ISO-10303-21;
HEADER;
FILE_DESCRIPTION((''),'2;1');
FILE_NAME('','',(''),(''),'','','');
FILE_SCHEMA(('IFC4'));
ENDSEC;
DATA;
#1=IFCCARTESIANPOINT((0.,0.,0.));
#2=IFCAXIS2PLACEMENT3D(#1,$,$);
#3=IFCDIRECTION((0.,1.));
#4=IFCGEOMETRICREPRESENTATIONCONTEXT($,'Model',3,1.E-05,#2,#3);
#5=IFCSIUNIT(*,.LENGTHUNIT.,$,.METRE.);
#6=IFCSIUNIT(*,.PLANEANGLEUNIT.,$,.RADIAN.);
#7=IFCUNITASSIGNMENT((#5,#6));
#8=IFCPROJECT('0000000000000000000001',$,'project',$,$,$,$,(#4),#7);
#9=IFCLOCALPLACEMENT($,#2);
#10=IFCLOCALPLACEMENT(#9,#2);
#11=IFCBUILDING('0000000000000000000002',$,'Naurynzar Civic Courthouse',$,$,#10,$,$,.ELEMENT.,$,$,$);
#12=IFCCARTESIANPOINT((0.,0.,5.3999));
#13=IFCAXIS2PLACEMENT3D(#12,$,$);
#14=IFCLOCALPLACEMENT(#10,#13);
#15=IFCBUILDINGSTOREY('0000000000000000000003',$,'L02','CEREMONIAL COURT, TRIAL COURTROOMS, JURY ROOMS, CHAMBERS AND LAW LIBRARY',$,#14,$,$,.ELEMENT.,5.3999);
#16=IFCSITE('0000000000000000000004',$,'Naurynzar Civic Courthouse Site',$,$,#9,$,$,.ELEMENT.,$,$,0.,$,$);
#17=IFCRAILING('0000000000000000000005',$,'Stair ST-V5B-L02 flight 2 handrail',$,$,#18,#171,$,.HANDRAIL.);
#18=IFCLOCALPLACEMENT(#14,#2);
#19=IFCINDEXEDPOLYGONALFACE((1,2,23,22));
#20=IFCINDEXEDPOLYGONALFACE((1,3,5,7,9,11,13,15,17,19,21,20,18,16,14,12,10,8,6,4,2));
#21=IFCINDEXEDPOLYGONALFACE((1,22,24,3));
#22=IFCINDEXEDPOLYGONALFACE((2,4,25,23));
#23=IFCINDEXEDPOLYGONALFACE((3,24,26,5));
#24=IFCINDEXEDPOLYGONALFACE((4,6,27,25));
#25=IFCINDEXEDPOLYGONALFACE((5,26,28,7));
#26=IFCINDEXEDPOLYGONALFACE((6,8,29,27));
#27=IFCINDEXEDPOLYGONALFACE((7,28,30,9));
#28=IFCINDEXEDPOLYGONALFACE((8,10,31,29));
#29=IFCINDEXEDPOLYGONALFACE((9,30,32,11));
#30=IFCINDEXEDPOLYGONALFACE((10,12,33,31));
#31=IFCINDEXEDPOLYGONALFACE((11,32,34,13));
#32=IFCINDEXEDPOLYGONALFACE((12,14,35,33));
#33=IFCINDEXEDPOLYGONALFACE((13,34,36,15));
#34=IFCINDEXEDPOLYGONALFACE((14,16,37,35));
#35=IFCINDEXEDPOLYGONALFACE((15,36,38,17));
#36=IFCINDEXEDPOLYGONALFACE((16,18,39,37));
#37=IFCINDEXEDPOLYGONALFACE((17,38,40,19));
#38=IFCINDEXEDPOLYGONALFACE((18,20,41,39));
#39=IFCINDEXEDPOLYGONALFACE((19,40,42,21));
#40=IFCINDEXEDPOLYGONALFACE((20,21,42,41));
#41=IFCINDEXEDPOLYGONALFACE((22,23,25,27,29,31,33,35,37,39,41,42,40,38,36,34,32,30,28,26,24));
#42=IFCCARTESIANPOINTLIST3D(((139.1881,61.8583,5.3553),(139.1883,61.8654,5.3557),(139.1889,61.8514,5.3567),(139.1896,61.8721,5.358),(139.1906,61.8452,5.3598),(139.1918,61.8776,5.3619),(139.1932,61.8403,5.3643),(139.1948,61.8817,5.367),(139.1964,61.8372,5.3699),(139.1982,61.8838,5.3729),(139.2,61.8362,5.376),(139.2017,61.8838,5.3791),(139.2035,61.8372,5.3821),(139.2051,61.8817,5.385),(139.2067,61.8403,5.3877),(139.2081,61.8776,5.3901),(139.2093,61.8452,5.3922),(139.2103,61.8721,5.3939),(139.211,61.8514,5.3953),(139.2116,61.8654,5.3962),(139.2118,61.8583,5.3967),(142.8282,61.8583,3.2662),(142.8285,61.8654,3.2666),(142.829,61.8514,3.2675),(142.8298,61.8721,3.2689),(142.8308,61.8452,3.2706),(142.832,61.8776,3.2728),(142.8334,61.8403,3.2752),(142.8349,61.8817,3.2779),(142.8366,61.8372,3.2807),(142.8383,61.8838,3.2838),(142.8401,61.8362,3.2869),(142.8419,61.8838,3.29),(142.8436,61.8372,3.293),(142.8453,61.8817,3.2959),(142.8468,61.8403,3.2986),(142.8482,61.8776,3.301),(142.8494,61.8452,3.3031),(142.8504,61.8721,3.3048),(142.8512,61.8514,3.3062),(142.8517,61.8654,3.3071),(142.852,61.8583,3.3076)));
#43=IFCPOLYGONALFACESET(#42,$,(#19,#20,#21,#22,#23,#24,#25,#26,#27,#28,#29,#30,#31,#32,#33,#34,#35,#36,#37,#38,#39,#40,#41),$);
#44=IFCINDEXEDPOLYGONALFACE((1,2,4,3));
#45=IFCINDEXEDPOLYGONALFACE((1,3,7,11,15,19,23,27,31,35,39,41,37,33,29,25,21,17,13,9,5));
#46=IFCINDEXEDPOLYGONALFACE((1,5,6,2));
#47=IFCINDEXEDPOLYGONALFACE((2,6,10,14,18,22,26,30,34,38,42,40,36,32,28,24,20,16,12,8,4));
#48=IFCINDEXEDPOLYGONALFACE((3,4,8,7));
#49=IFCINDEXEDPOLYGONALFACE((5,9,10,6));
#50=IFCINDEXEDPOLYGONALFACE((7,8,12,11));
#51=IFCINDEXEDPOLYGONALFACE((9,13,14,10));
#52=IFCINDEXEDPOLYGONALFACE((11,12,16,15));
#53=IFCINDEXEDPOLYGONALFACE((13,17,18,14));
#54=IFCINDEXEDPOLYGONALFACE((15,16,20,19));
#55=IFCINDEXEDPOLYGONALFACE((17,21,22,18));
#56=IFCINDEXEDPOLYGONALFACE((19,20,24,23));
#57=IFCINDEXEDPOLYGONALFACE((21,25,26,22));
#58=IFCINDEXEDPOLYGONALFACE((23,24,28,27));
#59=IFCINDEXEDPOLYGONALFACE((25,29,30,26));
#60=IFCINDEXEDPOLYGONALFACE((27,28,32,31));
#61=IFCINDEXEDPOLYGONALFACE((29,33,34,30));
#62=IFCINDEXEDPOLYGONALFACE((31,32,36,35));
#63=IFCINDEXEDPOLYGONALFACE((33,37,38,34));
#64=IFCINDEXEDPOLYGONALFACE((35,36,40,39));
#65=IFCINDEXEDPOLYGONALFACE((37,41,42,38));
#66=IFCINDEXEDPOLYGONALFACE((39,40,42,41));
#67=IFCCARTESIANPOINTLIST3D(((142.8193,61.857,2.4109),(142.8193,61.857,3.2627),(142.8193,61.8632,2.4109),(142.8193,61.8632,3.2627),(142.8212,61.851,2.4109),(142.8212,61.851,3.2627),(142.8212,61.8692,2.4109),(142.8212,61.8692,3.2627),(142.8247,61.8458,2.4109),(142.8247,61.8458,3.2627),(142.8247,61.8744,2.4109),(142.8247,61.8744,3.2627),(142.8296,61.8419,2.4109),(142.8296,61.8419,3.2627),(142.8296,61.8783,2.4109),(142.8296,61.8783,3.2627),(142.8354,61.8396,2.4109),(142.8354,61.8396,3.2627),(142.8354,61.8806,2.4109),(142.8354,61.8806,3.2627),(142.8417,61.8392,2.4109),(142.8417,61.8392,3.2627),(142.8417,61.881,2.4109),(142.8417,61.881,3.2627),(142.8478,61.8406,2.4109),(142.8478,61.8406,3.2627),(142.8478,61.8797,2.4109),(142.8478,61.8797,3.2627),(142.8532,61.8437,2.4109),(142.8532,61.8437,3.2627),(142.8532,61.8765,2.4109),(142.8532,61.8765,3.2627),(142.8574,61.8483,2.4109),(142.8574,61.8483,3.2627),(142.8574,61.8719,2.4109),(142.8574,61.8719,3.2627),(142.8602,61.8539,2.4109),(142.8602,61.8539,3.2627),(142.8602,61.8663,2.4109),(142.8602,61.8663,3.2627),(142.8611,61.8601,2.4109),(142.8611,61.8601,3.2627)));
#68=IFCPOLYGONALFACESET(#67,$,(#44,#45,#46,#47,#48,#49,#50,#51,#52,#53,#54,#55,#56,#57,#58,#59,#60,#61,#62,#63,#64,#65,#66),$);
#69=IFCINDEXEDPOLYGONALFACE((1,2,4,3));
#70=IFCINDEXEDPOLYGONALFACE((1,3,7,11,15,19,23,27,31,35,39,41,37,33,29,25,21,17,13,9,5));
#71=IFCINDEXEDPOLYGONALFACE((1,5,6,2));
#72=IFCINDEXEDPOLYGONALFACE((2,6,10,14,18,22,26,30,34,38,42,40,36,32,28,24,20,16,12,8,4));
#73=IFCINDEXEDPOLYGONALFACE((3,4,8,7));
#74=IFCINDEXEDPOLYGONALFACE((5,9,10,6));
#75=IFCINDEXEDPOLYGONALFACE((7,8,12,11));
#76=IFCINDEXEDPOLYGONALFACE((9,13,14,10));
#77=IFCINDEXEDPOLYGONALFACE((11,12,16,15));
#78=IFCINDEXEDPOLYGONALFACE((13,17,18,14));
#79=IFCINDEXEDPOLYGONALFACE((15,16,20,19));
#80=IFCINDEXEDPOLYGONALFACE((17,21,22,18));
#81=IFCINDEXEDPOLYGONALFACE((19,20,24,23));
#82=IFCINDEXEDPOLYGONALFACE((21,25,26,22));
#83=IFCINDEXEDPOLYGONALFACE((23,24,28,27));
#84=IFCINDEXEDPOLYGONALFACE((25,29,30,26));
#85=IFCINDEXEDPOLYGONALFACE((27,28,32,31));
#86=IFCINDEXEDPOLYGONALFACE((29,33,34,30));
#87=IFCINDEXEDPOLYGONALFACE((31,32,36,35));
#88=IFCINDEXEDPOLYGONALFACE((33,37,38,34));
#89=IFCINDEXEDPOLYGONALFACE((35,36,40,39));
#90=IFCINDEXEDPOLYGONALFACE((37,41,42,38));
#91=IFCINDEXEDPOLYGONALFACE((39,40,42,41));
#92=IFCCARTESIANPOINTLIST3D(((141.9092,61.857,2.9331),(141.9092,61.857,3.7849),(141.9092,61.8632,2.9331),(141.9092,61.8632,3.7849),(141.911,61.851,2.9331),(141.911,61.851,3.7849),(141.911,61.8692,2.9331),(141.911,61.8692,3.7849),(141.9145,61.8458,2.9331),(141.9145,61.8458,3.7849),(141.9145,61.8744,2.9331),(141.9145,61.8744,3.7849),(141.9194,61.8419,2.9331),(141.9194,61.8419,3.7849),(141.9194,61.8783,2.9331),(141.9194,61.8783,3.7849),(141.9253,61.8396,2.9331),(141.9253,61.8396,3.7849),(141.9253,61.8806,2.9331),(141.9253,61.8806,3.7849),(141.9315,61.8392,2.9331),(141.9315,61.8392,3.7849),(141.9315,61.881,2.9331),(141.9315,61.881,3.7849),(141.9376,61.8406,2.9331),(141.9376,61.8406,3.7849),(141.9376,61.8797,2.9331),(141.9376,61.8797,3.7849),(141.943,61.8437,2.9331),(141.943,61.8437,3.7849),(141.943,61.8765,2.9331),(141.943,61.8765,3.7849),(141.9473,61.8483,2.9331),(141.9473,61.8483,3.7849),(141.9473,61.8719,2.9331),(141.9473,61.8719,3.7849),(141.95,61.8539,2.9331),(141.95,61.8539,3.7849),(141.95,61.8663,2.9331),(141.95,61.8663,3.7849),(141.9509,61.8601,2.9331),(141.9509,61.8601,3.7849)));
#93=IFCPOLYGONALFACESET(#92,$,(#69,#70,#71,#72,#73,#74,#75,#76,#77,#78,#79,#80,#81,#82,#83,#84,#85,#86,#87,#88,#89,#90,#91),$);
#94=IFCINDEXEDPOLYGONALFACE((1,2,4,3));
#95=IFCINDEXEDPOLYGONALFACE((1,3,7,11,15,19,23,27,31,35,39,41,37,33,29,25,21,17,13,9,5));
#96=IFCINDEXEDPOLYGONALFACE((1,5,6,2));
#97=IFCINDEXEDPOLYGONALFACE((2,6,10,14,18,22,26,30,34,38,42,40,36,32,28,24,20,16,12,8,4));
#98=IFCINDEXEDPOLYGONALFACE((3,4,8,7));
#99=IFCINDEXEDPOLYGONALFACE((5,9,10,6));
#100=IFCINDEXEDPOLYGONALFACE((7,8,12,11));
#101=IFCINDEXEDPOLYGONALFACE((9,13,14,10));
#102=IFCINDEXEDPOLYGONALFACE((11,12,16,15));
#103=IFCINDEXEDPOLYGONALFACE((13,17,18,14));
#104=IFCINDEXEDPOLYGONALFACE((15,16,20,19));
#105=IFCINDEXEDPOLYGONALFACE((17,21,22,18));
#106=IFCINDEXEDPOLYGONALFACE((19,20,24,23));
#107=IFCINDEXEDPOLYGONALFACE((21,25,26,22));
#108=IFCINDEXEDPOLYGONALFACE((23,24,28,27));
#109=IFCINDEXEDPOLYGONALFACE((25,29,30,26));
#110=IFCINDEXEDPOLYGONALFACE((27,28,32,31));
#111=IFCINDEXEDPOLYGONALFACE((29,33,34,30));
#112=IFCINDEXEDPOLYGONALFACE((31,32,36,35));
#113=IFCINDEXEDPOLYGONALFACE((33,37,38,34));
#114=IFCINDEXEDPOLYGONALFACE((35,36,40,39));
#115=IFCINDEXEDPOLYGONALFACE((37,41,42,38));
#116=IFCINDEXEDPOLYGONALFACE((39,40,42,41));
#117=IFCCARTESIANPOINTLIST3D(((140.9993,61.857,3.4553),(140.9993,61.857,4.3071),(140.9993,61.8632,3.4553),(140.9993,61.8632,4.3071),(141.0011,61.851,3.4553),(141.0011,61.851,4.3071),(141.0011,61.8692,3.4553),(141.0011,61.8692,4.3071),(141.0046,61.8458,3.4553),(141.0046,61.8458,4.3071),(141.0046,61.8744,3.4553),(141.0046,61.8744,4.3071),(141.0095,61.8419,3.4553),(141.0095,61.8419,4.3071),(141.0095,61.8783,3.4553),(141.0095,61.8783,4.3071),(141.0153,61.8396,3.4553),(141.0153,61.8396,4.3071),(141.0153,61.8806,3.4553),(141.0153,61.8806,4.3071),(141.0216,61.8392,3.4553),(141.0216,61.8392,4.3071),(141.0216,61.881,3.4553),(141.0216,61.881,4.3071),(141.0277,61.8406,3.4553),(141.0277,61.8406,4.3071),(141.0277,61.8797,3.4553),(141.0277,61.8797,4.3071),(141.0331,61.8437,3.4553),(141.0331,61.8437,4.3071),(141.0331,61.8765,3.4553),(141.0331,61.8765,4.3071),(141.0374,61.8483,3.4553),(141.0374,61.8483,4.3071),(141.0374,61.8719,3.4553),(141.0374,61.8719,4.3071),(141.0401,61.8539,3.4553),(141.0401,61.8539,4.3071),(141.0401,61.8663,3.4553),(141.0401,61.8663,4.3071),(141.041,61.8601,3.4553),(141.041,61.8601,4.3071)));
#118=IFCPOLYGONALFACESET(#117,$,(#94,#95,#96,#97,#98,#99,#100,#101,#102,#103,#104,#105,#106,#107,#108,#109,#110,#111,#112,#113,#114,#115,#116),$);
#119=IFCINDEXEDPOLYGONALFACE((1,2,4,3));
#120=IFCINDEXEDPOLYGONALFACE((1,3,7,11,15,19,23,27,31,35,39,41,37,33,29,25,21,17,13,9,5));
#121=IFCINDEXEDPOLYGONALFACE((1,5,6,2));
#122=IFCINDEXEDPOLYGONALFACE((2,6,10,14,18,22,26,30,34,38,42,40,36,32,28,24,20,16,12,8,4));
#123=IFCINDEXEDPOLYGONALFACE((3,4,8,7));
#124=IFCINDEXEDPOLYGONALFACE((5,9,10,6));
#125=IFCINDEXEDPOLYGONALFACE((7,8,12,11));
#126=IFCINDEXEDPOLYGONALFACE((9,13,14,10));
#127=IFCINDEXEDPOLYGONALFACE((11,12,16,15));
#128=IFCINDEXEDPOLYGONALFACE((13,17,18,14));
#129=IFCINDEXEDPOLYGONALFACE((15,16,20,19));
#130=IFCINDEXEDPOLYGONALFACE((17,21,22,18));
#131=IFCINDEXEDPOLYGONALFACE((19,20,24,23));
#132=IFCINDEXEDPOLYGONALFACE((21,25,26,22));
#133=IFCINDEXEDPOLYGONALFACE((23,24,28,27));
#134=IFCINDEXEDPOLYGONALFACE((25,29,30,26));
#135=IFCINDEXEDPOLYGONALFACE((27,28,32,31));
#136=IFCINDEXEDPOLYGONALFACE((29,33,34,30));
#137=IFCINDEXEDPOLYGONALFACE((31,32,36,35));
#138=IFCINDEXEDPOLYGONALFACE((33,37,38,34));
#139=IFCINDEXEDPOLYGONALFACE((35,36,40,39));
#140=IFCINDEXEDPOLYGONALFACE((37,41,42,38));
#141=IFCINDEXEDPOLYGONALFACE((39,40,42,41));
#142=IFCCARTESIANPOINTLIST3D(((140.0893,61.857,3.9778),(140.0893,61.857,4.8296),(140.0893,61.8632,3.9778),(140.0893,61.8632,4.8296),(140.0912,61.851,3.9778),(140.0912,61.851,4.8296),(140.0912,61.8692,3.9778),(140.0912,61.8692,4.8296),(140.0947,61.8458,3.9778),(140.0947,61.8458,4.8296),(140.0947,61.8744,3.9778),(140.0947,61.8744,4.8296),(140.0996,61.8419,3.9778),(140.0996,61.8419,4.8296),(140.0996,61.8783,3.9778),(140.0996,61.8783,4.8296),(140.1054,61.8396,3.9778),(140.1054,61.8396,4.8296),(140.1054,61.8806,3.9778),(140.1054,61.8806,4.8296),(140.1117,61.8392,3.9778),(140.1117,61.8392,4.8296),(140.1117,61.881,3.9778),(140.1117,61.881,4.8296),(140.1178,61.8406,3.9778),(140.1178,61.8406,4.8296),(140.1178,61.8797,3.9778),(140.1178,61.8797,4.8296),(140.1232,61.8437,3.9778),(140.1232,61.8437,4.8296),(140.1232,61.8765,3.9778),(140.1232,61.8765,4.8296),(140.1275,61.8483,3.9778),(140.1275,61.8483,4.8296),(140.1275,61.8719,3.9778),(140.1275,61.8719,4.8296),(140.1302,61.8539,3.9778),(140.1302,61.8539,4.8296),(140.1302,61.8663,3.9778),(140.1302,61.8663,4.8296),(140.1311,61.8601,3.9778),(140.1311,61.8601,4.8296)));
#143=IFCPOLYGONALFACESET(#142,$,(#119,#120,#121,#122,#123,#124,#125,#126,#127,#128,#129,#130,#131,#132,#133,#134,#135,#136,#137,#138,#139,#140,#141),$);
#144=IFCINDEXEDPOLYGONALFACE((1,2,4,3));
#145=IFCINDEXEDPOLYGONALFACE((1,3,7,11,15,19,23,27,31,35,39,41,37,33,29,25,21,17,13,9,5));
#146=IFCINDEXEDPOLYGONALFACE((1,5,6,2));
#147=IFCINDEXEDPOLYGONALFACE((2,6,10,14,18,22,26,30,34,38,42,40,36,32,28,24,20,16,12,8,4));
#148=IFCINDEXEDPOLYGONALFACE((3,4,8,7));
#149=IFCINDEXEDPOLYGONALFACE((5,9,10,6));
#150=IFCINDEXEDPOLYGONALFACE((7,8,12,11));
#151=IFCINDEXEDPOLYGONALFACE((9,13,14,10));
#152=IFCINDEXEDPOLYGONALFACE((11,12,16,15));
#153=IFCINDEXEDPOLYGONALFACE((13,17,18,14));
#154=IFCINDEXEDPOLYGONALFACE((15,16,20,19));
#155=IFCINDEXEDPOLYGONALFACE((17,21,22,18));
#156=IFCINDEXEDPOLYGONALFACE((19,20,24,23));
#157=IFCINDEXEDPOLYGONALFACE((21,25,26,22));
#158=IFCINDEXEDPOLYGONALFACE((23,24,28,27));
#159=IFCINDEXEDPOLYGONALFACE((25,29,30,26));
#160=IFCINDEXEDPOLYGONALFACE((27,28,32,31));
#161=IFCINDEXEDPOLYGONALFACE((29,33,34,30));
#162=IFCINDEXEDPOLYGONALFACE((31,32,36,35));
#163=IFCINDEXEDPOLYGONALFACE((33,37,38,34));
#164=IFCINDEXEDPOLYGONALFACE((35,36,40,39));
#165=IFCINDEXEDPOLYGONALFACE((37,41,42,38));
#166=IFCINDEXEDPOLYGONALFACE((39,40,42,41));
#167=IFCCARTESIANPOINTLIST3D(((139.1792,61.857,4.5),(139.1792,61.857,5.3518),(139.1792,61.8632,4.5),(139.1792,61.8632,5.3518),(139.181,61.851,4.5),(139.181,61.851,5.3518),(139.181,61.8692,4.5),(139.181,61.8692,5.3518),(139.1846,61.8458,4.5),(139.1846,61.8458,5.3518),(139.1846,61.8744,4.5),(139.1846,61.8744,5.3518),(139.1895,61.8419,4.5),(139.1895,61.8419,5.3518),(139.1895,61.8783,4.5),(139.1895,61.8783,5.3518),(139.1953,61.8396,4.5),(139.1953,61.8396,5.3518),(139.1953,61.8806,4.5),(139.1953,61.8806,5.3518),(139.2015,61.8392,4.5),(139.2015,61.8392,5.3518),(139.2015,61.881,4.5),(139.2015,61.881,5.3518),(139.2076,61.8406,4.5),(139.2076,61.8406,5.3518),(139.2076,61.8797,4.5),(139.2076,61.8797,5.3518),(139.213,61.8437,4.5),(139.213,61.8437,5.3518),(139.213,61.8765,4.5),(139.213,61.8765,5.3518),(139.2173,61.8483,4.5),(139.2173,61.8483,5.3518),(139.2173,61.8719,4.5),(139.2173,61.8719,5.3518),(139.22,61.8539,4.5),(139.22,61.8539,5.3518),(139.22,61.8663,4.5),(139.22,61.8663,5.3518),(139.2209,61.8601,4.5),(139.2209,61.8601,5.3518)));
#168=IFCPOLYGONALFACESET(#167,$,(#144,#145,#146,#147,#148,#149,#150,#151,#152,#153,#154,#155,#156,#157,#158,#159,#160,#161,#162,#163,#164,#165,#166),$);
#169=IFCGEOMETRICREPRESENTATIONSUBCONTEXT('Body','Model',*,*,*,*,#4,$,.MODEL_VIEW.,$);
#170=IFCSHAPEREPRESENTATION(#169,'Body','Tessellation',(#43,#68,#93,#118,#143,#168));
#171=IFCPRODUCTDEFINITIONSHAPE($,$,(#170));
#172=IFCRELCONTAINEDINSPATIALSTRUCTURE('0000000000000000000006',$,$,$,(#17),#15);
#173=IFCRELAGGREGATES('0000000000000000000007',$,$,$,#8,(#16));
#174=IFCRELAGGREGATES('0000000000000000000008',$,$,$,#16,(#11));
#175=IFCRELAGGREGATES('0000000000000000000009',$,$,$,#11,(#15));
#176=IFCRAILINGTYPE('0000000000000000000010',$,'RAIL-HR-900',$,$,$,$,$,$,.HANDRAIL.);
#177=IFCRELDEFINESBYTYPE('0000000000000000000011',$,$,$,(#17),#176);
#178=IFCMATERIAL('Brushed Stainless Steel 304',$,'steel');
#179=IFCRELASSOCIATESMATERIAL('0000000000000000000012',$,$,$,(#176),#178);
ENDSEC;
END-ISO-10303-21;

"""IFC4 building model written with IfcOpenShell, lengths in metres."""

from ifc_helpers import new_model, si_unit, direction, frame, origin, origin_2d, place, context, subcontext, project, spatial, circle, extrude, material, type_object, element, save


model = new_model("IFC4")

# Units and contexts
model_context = context("Model", 3, precision=1e-05, world=origin(), true_north=direction((0.0, 1.0)))
body_context = subcontext(model_context, "Body", "Model", "MODEL_VIEW")
ifc_project = project(units=[si_unit("LENGTHUNIT", "METRE"), si_unit("PLANEANGLEUNIT", "RADIAN")], contexts=[model_context])

# Site, building, storey
site_placement = place(None, origin())
site = spatial("IfcSite", under=ifc_project, at=site_placement, Name="Naurynzar Civic Courthouse Site", CompositionType="ELEMENT", RefElevation=0.0)
building_placement = place(site_placement, origin())
building = spatial("IfcBuilding", under=site, at=building_placement, Name="Naurynzar Civic Courthouse", CompositionType="ELEMENT")
storey_placement = place(building_placement, frame((0.0, 0.0, 5.3999)))
storey = spatial("IfcBuildingStorey", under=building, at=storey_placement, Name="L02", Description="CEREMONIAL COURT, TRIAL COURTROOMS, JURY ROOMS, CHAMBERS AND LAW LIBRARY", CompositionType="ELEMENT", Elevation=5.3999)

# Railing
ifc_material_1 = material(Name="Brushed Stainless Steel 304", Category="steel")
railing_type_1 = type_object("IfcRailingType", Name="RAIL-HR-900", PredefinedType="HANDRAIL", material=ifc_material_1)
railing_1_placement = place(storey_placement, frame((142.8401, 61.8601, 2.4109)))
element("IfcRailing", 1, at=railing_1_placement, inside=storey, type_object=railing_type_1, Name="Stair ST-V5B-L02 flight 2 handrail", PredefinedType="HANDRAIL", context=body_context, shape_type="SweptSolid", body=[
    extrude(circle(Radius=0.0239, at=origin_2d()), frame((0.0, 0.0, 0.876), z_axis=(-0.867314, 0.0, 0.497761), x_axis=(0.0, -1.0, 0.0)), (0.0, 0.0, 1.0), 4.197),
    extrude(circle(Radius=0.021, at=origin_2d()), origin(), (0.0, 0.0, 1.0), 0.8518),
    extrude(circle(Radius=0.021, at=origin_2d()), frame((-0.9102, 0.0, 0.5222)), (0.0, 0.0, 1.0), 0.8518),
    extrude(circle(Radius=0.021, at=origin_2d()), frame((-1.8201, 0.0, 1.0444)), (0.0, 0.0, 1.0), 0.8518),
    extrude(circle(Radius=0.021, at=origin_2d()), frame((-2.73, 0.0, 1.5669)), (0.0, 0.0, 1.0), 0.8518),
    extrude(circle(Radius=0.021, at=origin_2d()), frame((-3.6401, 0.0, 2.0891)), (0.0, 0.0, 1.0), 0.8518),
])

save(model, "model.ifc")
